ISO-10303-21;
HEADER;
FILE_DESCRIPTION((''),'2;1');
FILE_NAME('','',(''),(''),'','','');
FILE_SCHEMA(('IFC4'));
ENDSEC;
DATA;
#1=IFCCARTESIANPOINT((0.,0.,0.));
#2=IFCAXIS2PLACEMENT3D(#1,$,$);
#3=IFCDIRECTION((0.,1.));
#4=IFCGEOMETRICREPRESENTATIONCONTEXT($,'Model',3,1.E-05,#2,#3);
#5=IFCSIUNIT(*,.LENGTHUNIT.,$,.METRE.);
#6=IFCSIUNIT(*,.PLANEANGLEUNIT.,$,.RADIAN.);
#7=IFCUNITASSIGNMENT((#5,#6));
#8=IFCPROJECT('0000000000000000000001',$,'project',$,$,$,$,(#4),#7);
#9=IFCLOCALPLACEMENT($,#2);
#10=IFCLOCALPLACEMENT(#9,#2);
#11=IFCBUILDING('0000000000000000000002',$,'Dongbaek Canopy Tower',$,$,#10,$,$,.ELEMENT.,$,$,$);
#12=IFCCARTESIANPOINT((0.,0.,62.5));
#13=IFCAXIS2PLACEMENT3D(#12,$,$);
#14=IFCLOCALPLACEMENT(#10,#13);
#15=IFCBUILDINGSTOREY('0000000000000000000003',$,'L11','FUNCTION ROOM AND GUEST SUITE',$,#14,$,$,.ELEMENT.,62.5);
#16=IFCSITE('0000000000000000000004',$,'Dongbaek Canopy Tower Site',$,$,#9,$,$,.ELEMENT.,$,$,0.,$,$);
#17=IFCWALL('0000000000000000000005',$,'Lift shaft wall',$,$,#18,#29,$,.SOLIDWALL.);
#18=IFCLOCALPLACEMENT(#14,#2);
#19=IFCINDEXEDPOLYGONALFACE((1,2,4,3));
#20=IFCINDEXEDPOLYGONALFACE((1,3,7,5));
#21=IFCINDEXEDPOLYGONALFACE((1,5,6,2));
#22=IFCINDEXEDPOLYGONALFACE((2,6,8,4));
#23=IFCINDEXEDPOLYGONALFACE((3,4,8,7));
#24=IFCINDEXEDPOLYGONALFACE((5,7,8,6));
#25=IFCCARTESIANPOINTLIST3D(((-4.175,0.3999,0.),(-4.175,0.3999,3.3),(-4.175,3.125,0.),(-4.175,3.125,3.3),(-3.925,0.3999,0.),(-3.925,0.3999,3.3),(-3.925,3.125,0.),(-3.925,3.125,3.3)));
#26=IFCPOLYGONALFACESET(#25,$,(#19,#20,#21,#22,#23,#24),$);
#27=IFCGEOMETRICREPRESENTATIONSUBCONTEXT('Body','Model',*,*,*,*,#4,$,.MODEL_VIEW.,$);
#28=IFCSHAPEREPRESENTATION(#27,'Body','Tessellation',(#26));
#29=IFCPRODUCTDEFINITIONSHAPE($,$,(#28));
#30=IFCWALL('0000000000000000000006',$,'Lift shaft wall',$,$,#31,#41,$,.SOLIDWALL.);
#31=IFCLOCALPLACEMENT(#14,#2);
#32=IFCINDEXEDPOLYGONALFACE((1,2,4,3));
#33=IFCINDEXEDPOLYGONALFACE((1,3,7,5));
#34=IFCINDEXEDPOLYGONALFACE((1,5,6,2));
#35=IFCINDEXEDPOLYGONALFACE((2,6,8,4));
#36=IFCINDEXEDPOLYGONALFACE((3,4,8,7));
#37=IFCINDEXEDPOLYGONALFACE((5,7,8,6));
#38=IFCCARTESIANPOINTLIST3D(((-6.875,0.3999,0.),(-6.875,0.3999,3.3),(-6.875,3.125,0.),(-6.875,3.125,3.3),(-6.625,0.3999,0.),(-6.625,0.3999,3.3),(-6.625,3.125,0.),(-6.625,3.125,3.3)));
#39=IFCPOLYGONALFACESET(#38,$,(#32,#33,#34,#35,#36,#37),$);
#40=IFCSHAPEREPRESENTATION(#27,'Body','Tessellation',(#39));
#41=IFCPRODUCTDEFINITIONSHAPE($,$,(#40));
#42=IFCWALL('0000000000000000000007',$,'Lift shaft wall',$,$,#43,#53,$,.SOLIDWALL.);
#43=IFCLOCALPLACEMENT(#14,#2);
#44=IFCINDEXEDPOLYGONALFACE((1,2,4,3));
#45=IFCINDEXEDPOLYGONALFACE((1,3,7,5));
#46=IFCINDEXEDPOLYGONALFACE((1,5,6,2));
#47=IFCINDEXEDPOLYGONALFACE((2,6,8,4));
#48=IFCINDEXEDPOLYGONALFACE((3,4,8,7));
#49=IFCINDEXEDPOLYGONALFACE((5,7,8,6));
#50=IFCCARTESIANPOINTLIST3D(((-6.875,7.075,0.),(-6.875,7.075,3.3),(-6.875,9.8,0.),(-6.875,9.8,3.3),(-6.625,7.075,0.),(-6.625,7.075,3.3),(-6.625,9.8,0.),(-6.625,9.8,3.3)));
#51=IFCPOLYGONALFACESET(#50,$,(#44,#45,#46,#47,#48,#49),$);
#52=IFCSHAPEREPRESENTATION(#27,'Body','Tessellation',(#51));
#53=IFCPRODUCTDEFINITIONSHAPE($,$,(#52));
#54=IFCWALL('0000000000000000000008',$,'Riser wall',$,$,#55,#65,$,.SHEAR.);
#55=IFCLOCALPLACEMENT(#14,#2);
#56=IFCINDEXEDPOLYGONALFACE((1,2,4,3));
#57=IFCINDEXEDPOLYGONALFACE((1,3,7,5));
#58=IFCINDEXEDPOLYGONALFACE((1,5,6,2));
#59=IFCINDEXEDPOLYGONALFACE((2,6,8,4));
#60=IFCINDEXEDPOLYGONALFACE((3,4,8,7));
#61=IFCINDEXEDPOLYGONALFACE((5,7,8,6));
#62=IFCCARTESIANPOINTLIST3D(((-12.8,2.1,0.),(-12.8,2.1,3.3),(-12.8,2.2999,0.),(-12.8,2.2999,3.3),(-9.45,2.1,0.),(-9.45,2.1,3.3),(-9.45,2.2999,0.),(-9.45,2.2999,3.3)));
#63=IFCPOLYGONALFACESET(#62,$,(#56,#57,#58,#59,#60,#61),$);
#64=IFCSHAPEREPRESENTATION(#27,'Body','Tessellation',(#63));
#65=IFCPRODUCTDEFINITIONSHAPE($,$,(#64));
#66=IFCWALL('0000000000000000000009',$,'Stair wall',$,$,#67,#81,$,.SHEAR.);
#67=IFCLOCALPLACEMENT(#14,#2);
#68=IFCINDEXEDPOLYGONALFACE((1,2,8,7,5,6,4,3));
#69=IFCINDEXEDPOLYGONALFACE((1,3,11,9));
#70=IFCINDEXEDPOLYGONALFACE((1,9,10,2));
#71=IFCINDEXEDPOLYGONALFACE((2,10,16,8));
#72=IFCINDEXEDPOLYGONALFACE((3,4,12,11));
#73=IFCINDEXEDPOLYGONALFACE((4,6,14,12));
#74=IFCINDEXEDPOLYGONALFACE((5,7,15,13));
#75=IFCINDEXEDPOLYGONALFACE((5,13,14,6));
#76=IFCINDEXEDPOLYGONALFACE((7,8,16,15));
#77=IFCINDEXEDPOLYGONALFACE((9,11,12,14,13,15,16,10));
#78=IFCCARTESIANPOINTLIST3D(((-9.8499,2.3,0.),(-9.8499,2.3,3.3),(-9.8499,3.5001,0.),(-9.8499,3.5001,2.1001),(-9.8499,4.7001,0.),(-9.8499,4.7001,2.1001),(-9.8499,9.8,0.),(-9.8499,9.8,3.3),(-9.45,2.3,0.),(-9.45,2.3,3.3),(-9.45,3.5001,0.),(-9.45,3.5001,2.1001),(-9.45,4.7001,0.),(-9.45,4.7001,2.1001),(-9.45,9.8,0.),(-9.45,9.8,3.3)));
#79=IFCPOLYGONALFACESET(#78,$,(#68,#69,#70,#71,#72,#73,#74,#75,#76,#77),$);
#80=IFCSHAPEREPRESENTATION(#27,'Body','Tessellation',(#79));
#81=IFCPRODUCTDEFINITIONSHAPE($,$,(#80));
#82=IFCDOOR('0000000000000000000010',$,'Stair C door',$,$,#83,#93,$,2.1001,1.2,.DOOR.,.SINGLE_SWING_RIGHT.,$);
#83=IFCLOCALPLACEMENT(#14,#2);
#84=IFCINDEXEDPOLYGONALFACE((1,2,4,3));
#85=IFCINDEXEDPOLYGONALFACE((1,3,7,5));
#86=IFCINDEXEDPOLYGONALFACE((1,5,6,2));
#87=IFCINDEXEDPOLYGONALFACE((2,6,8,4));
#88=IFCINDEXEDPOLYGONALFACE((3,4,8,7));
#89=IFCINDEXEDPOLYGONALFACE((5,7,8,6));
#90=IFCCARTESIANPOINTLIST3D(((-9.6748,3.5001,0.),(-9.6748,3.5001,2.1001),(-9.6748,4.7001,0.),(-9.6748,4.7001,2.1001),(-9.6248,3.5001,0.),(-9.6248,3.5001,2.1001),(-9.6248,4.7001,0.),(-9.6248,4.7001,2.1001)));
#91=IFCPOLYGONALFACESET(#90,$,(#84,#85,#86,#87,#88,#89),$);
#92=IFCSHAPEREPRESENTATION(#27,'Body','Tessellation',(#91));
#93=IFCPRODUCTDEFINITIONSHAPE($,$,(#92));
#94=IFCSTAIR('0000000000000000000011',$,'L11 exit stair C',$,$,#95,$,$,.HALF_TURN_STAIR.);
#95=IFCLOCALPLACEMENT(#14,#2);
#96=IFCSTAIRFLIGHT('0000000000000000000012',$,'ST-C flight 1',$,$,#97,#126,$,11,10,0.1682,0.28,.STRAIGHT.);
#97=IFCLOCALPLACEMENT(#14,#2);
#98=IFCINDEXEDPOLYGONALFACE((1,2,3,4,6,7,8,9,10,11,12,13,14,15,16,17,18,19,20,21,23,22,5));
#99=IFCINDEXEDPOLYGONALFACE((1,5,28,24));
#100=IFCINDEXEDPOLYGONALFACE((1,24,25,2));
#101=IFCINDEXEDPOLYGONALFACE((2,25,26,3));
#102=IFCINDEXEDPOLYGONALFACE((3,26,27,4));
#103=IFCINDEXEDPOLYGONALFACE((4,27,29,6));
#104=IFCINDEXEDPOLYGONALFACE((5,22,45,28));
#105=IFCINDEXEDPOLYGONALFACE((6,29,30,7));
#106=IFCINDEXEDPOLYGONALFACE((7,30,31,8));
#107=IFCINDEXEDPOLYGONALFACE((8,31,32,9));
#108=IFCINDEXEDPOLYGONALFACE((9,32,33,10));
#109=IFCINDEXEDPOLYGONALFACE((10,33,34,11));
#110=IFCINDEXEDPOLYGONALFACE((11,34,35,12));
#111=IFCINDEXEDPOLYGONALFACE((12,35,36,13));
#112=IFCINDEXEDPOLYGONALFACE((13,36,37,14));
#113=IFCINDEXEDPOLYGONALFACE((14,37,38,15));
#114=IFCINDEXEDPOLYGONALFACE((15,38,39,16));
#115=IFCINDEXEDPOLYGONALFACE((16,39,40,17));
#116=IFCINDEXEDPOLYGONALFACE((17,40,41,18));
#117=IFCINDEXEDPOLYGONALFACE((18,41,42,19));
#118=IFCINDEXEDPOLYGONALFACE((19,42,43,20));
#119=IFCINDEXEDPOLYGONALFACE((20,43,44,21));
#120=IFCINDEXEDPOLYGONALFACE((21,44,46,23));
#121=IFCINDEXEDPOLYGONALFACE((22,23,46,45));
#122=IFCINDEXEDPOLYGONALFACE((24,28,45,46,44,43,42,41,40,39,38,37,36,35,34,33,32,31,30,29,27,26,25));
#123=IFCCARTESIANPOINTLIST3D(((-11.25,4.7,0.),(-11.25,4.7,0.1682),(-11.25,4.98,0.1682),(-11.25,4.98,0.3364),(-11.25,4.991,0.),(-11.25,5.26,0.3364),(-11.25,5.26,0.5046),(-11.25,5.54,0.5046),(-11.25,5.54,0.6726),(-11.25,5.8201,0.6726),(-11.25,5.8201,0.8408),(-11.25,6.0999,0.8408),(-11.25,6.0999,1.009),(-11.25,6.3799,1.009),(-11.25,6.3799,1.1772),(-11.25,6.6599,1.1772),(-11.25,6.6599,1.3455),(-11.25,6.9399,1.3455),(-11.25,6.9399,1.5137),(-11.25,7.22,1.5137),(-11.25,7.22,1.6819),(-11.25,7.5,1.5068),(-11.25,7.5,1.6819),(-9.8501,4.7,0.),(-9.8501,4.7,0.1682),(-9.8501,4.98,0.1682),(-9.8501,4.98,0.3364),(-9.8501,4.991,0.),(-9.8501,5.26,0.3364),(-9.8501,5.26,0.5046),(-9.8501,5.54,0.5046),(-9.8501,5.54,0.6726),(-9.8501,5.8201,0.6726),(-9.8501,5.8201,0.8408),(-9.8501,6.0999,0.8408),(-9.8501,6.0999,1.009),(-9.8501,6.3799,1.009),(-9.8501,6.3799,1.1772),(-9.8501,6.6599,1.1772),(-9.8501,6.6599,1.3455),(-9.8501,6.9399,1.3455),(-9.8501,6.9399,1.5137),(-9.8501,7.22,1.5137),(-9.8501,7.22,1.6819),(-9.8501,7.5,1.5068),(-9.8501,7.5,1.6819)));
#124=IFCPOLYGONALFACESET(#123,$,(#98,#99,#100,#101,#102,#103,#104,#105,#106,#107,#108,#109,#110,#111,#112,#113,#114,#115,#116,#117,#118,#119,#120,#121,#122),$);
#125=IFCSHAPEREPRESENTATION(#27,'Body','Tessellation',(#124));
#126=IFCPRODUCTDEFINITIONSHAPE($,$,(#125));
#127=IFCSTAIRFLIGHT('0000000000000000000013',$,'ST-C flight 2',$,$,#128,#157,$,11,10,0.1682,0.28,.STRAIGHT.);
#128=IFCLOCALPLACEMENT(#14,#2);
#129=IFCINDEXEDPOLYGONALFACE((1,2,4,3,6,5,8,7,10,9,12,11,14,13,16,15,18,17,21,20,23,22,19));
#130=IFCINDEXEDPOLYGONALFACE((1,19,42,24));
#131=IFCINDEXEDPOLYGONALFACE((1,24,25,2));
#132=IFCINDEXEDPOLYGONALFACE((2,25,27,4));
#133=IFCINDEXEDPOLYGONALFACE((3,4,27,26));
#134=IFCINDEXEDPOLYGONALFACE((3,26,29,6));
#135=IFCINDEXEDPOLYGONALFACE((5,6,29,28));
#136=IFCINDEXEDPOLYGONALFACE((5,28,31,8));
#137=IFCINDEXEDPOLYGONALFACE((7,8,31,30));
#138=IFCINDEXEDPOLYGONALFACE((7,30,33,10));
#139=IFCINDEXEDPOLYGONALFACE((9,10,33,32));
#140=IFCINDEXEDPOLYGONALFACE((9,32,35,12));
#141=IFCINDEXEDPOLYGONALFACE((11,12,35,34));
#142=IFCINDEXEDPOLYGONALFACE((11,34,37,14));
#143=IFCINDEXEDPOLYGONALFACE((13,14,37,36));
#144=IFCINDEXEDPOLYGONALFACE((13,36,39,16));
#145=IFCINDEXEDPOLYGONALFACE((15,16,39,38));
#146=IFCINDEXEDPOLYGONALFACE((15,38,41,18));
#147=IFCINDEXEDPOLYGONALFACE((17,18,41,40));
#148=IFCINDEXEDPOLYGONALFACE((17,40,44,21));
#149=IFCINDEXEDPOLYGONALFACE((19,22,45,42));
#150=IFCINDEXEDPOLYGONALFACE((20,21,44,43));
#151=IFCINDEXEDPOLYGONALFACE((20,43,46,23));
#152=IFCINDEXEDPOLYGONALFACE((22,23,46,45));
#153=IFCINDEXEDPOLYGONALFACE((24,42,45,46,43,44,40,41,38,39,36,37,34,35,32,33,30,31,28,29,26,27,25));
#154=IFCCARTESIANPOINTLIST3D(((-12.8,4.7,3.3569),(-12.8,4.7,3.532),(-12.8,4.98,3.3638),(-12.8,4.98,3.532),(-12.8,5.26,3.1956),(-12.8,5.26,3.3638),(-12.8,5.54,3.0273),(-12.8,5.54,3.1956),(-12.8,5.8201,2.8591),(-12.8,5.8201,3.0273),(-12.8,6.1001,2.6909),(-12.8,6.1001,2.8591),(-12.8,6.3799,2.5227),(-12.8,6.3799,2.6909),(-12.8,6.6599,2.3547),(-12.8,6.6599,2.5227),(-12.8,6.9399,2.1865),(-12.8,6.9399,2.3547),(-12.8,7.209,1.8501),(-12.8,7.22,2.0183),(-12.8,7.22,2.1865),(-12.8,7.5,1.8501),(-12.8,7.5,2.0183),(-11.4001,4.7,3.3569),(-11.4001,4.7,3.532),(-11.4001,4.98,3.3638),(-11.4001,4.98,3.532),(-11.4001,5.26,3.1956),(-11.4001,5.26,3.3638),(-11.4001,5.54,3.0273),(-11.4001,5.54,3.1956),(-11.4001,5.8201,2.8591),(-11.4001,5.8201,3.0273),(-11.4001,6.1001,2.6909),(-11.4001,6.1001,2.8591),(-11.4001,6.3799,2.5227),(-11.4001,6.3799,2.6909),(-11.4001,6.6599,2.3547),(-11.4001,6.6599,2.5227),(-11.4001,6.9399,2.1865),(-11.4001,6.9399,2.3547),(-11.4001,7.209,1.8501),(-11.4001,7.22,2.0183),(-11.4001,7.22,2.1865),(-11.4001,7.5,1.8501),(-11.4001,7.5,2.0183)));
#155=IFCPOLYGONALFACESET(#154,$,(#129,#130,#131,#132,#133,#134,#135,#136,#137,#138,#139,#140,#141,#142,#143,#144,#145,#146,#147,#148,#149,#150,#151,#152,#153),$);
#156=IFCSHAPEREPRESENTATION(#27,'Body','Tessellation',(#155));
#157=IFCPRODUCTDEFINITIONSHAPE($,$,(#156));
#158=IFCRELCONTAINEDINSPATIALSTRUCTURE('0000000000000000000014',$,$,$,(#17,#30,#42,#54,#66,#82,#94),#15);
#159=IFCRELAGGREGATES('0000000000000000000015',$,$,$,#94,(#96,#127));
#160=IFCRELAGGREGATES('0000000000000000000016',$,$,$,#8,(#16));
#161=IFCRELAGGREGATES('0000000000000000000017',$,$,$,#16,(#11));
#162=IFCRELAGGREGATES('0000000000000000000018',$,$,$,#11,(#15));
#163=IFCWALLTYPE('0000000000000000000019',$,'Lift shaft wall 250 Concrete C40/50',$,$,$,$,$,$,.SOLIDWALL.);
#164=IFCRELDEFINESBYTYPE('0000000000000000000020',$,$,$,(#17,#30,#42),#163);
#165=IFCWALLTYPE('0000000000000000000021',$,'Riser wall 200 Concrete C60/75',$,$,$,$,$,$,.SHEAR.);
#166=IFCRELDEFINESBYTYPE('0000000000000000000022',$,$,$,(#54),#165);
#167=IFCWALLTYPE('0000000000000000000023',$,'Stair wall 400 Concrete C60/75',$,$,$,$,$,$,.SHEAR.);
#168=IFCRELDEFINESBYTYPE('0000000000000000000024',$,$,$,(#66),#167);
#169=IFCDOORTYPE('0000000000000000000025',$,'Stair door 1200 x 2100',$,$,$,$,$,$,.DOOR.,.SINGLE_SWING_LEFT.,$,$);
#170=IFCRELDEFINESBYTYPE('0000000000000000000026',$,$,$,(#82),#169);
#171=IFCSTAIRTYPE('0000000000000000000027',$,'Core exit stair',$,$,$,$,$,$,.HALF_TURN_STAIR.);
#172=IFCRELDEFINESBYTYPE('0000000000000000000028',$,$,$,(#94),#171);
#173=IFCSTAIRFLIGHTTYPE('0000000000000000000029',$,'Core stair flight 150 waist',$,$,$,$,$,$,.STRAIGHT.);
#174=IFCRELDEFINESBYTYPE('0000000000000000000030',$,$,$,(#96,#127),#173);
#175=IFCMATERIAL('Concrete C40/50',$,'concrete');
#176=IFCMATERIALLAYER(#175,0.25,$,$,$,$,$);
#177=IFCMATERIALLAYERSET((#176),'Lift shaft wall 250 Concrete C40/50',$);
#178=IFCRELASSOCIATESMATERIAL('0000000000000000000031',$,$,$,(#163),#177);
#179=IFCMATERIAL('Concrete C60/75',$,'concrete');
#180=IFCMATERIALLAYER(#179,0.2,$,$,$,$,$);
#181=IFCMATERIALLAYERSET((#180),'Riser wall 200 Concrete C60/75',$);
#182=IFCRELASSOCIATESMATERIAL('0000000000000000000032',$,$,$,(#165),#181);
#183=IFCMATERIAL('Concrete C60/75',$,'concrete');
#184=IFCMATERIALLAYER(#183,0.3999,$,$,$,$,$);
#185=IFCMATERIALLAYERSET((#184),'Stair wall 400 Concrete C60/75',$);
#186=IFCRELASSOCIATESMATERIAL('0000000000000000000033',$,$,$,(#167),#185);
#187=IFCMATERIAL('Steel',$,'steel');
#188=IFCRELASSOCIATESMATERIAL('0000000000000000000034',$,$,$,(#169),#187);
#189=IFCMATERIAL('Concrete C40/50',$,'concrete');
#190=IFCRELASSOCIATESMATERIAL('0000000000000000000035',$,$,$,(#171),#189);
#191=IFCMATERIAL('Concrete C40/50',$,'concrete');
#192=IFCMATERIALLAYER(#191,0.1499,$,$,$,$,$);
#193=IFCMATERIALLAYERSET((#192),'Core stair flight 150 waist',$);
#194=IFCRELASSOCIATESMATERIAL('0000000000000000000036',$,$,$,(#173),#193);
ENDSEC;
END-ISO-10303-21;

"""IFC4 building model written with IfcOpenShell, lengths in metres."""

from ifc_helpers import new_model, si_unit, direction, frame, frame_2d, origin, place, context, subcontext, project, spatial, polyline, rectangle, outline, extrude, material, layer, layer_set, type_object, element, fill, aggregate, save


model = new_model("IFC4")

# Units and contexts
model_context = context("Model", 3, precision=1e-05, world=origin(), true_north=direction((0.0, 1.0)))
body_context = subcontext(model_context, "Body", "Model", "MODEL_VIEW")
ifc_project = project(units=[si_unit("LENGTHUNIT", "METRE"), si_unit("PLANEANGLEUNIT", "RADIAN")], contexts=[model_context])

# Site, building, storey
site_placement = place(None, origin())
site = spatial("IfcSite", under=ifc_project, at=site_placement, Name="Dongbaek Canopy Tower Site", CompositionType="ELEMENT", RefElevation=0.0)
building_placement = place(site_placement, origin())
building = spatial("IfcBuilding", under=site, at=building_placement, Name="Dongbaek Canopy Tower", CompositionType="ELEMENT")
storey_placement = place(building_placement, frame((0.0, 0.0, 62.5)))
storey = spatial("IfcBuildingStorey", under=building, at=storey_placement, Name="L11", Description="FUNCTION ROOM AND GUEST SUITE", CompositionType="ELEMENT", Elevation=62.5)

# Walls
ifc_material_1 = material(Name="Concrete C40/50", Category="concrete")
ifc_layer_1 = layer(ifc_material_1, 0.25)
ifc_layer_set_1 = layer_set([ifc_layer_1], Name="Lift shaft wall 250 Concrete C40/50")
wall_type_1 = type_object("IfcWallType", Name="Lift shaft wall 250 Concrete C40/50", PredefinedType="SOLIDWALL", material=ifc_layer_set_1)
for number, where, z_axis, x_axis, name in (
    (1, (-4.05, 0.3999, 0.0), (0.0, 0.0, 1.0), (0.0, 1.0, 0.0), "Lift shaft wall"),
    (2, (-6.75, 0.3999, 0.0), (0.0, 0.0, 1.0), (0.0, 1.0, 0.0), "Lift shaft wall"),
    (3, (-6.75, 7.075, 0.0), (0.0, 0.0, 1.0), (0.0, 1.0, 0.0), "Lift shaft wall"),
):
    element("IfcWall", number, at=place(storey_placement, frame(where, z_axis=z_axis, x_axis=x_axis)), inside=storey, type_object=wall_type_1, Name=name, PredefinedType="SOLIDWALL", context=body_context, shape_type="SweptSolid", body=[
        extrude(rectangle(XDim=2.7251, YDim=0.25, at=frame_2d((1.3625, 0.0))), origin(), (0.0, 0.0, 1.0), 3.3),
    ])
ifc_material_2 = material(Name="Concrete C60/75", Category="concrete")
ifc_layer_2 = layer(ifc_material_2, 0.2)
ifc_layer_set_2 = layer_set([ifc_layer_2], Name="Riser wall 200 Concrete C60/75")
wall_type_2 = type_object("IfcWallType", Name="Riser wall 200 Concrete C60/75", PredefinedType="SHEAR", material=ifc_layer_set_2)
wall_1_placement = place(storey_placement, frame((-9.45, 2.2, 0.0), z_axis=(0.0, 0.0, 1.0), x_axis=(-1.0, 0.0, 0.0)))
element("IfcWall", 4, at=wall_1_placement, inside=storey, type_object=wall_type_2, Name="Riser wall", PredefinedType="SHEAR", context=body_context, shape_type="SweptSolid", body=[
    extrude(rectangle(XDim=3.3501, YDim=0.2, at=frame_2d((1.675, 0.0))), origin(), (0.0, 0.0, 1.0), 3.3),
])

# Wall, opening, door
ifc_material_3 = material(Name="Concrete C60/75", Category="concrete")
ifc_layer_3 = layer(ifc_material_3, 0.3999)
ifc_layer_set_3 = layer_set([ifc_layer_3], Name="Stair wall 400 Concrete C60/75")
wall_type_3 = type_object("IfcWallType", Name="Stair wall 400 Concrete C60/75", PredefinedType="SHEAR", material=ifc_layer_set_3)
wall_2_placement = place(storey_placement, frame((-9.6499, 2.3, 0.0), z_axis=(0.0, 0.0, 1.0), x_axis=(0.0, 1.0, 0.0)))
wall_2 = element("IfcWall", 5, at=wall_2_placement, inside=storey, type_object=wall_type_3, Name="Stair wall", PredefinedType="SHEAR", context=body_context, shape_type="SweptSolid", body=[
    extrude(rectangle(XDim=7.5, YDim=0.3999, at=frame_2d((3.75, 0.0))), origin(), (0.0, 0.0, 1.0), 3.3),
])
opening_1_placement = place(wall_2_placement, frame((1.2, 0.0, 0.0)))
opening_1 = element("IfcOpeningElement", 6, at=opening_1_placement, cuts=wall_2, PredefinedType="OPENING", context=body_context, shape_type="SweptSolid", body=[
    extrude(rectangle(XDim=1.2, YDim=2.1001, at=frame_2d((0.6001, 1.05))), frame((0.0, 0.21, 0.0), z_axis=(0.0, -1.0, 0.0), x_axis=(1.0, 0.0, 0.0)), (0.0, 0.0, 1.0), 0.4199),
])
ifc_material_4 = material(Name="Steel", Category="steel")
door_type_1 = type_object("IfcDoorType", Name="Stair door 1200 x 2100", OperationType="SINGLE_SWING_LEFT", PredefinedType="DOOR", material=ifc_material_4)
door_1_placement = place(opening_1_placement, origin())
door_1 = element("IfcDoor", 7, at=door_1_placement, inside=storey, type_object=door_type_1, Name="Stair C door", OperationType="SINGLE_SWING_RIGHT", OverallHeight=2.1001, OverallWidth=1.2, PredefinedType="DOOR", context=body_context, shape_type="SweptSolid", body=[
    extrude(rectangle(XDim=1.2, YDim=2.1001, at=frame_2d((0.6001, 1.05))), frame((0.0, 0.0249, 0.0), z_axis=(0.0, -1.0, 0.0), x_axis=(1.0, 0.0, 0.0)), (0.0, 0.0, 1.0), 0.05),
])
fill(opening_1, door_1)

# Stair, stair flights
ifc_material_5 = material(Name="Concrete C40/50", Category="concrete")
stair_type = type_object("IfcStairType", Name="Core exit stair", PredefinedType="HALF_TURN_STAIR", material=ifc_material_5)
stair_placement = place(storey_placement, origin())
stair = element("IfcStair", 8, at=stair_placement, inside=storey, type_object=stair_type, Name="L11 exit stair C", PredefinedType="HALF_TURN_STAIR")
ifc_material_6 = material(Name="Concrete C40/50", Category="concrete")
ifc_layer_4 = layer(ifc_material_6, 0.1499)
ifc_layer_set_4 = layer_set([ifc_layer_4], Name="Core stair flight 150 waist")
stair_flight_type = type_object("IfcStairFlightType", Name="Core stair flight 150 waist", PredefinedType="STRAIGHT", material=ifc_layer_set_4)
stair_flight_1_placement = place(storey_placement, frame((-10.55, 4.7, 0.0), z_axis=(0.0, 0.0, 1.0), x_axis=(0.0, 1.0, 0.0)))
stair_flight_1 = element("IfcStairFlight", 9, at=stair_flight_1_placement, type_object=stair_flight_type, Name="ST-C flight 1", NumberOfRisers=11, NumberOfTreads=10, PredefinedType="STRAIGHT", RiserHeight=0.1682, TreadLength=0.28, context=body_context, shape_type="SweptSolid", body=[
    extrude(outline(polyline([(0.0, 0.0), (0.0, 0.1682), (0.28, 0.1682), (0.28, 0.3364), (0.5601, 0.3364), (0.5601, 0.5046), (0.8401, 0.5046), (0.8401, 0.6726), (1.1201, 0.6726), (1.1201, 0.8408), (1.3999, 0.8408), (1.3999, 1.009), (1.6799, 1.009), (1.6799, 1.1772), (1.96, 1.1772), (1.96, 1.3455), (2.24, 1.3455), (2.24, 1.5137), (2.52, 1.5137), (2.52, 1.6819), (2.8, 1.6819), (2.8, 1.8501), (2.8, 1.5068), (0.291, 0.0), (0.0, 0.0)])), frame((0.0, 0.7, 0.0), z_axis=(0.0, -1.0, 0.0), x_axis=(1.0, 0.0, 0.0)), (0.0, 0.0, 1.0), 1.3999),
])
stair_flight_2_placement = place(storey_placement, frame((-12.1001, 7.5, 1.8501), z_axis=(0.0, 0.0, 1.0), x_axis=(0.0, -1.0, 0.0)))
stair_flight_2 = element("IfcStairFlight", 10, at=stair_flight_2_placement, type_object=stair_flight_type, Name="ST-C flight 2", NumberOfRisers=11, NumberOfTreads=10, PredefinedType="STRAIGHT", RiserHeight=0.1682, TreadLength=0.28, context=body_context, shape_type="SweptSolid", body=[
    extrude(outline(polyline([(0.0, 0.0), (0.0, 0.1682), (0.28, 0.1682), (0.28, 0.3364), (0.5601, 0.3364), (0.5601, 0.5046), (0.8401, 0.5046), (0.8401, 0.6726), (1.1201, 0.6726), (1.1201, 0.8408), (1.3999, 0.8408), (1.3999, 1.009), (1.6799, 1.009), (1.6799, 1.1772), (1.96, 1.1772), (1.96, 1.3455), (2.24, 1.3455), (2.24, 1.5137), (2.52, 1.5137), (2.52, 1.6819), (2.8, 1.6819), (2.8, 1.8501), (2.8, 1.5068), (0.291, 0.0), (0.0, 0.0)])), frame((0.0, 0.7, 0.0), z_axis=(0.0, -1.0, 0.0), x_axis=(1.0, 0.0, 0.0)), (0.0, 0.0, 1.0), 1.3999),
])
aggregate(stair, [stair_flight_1, stair_flight_2])

save(model, "model.ifc")
